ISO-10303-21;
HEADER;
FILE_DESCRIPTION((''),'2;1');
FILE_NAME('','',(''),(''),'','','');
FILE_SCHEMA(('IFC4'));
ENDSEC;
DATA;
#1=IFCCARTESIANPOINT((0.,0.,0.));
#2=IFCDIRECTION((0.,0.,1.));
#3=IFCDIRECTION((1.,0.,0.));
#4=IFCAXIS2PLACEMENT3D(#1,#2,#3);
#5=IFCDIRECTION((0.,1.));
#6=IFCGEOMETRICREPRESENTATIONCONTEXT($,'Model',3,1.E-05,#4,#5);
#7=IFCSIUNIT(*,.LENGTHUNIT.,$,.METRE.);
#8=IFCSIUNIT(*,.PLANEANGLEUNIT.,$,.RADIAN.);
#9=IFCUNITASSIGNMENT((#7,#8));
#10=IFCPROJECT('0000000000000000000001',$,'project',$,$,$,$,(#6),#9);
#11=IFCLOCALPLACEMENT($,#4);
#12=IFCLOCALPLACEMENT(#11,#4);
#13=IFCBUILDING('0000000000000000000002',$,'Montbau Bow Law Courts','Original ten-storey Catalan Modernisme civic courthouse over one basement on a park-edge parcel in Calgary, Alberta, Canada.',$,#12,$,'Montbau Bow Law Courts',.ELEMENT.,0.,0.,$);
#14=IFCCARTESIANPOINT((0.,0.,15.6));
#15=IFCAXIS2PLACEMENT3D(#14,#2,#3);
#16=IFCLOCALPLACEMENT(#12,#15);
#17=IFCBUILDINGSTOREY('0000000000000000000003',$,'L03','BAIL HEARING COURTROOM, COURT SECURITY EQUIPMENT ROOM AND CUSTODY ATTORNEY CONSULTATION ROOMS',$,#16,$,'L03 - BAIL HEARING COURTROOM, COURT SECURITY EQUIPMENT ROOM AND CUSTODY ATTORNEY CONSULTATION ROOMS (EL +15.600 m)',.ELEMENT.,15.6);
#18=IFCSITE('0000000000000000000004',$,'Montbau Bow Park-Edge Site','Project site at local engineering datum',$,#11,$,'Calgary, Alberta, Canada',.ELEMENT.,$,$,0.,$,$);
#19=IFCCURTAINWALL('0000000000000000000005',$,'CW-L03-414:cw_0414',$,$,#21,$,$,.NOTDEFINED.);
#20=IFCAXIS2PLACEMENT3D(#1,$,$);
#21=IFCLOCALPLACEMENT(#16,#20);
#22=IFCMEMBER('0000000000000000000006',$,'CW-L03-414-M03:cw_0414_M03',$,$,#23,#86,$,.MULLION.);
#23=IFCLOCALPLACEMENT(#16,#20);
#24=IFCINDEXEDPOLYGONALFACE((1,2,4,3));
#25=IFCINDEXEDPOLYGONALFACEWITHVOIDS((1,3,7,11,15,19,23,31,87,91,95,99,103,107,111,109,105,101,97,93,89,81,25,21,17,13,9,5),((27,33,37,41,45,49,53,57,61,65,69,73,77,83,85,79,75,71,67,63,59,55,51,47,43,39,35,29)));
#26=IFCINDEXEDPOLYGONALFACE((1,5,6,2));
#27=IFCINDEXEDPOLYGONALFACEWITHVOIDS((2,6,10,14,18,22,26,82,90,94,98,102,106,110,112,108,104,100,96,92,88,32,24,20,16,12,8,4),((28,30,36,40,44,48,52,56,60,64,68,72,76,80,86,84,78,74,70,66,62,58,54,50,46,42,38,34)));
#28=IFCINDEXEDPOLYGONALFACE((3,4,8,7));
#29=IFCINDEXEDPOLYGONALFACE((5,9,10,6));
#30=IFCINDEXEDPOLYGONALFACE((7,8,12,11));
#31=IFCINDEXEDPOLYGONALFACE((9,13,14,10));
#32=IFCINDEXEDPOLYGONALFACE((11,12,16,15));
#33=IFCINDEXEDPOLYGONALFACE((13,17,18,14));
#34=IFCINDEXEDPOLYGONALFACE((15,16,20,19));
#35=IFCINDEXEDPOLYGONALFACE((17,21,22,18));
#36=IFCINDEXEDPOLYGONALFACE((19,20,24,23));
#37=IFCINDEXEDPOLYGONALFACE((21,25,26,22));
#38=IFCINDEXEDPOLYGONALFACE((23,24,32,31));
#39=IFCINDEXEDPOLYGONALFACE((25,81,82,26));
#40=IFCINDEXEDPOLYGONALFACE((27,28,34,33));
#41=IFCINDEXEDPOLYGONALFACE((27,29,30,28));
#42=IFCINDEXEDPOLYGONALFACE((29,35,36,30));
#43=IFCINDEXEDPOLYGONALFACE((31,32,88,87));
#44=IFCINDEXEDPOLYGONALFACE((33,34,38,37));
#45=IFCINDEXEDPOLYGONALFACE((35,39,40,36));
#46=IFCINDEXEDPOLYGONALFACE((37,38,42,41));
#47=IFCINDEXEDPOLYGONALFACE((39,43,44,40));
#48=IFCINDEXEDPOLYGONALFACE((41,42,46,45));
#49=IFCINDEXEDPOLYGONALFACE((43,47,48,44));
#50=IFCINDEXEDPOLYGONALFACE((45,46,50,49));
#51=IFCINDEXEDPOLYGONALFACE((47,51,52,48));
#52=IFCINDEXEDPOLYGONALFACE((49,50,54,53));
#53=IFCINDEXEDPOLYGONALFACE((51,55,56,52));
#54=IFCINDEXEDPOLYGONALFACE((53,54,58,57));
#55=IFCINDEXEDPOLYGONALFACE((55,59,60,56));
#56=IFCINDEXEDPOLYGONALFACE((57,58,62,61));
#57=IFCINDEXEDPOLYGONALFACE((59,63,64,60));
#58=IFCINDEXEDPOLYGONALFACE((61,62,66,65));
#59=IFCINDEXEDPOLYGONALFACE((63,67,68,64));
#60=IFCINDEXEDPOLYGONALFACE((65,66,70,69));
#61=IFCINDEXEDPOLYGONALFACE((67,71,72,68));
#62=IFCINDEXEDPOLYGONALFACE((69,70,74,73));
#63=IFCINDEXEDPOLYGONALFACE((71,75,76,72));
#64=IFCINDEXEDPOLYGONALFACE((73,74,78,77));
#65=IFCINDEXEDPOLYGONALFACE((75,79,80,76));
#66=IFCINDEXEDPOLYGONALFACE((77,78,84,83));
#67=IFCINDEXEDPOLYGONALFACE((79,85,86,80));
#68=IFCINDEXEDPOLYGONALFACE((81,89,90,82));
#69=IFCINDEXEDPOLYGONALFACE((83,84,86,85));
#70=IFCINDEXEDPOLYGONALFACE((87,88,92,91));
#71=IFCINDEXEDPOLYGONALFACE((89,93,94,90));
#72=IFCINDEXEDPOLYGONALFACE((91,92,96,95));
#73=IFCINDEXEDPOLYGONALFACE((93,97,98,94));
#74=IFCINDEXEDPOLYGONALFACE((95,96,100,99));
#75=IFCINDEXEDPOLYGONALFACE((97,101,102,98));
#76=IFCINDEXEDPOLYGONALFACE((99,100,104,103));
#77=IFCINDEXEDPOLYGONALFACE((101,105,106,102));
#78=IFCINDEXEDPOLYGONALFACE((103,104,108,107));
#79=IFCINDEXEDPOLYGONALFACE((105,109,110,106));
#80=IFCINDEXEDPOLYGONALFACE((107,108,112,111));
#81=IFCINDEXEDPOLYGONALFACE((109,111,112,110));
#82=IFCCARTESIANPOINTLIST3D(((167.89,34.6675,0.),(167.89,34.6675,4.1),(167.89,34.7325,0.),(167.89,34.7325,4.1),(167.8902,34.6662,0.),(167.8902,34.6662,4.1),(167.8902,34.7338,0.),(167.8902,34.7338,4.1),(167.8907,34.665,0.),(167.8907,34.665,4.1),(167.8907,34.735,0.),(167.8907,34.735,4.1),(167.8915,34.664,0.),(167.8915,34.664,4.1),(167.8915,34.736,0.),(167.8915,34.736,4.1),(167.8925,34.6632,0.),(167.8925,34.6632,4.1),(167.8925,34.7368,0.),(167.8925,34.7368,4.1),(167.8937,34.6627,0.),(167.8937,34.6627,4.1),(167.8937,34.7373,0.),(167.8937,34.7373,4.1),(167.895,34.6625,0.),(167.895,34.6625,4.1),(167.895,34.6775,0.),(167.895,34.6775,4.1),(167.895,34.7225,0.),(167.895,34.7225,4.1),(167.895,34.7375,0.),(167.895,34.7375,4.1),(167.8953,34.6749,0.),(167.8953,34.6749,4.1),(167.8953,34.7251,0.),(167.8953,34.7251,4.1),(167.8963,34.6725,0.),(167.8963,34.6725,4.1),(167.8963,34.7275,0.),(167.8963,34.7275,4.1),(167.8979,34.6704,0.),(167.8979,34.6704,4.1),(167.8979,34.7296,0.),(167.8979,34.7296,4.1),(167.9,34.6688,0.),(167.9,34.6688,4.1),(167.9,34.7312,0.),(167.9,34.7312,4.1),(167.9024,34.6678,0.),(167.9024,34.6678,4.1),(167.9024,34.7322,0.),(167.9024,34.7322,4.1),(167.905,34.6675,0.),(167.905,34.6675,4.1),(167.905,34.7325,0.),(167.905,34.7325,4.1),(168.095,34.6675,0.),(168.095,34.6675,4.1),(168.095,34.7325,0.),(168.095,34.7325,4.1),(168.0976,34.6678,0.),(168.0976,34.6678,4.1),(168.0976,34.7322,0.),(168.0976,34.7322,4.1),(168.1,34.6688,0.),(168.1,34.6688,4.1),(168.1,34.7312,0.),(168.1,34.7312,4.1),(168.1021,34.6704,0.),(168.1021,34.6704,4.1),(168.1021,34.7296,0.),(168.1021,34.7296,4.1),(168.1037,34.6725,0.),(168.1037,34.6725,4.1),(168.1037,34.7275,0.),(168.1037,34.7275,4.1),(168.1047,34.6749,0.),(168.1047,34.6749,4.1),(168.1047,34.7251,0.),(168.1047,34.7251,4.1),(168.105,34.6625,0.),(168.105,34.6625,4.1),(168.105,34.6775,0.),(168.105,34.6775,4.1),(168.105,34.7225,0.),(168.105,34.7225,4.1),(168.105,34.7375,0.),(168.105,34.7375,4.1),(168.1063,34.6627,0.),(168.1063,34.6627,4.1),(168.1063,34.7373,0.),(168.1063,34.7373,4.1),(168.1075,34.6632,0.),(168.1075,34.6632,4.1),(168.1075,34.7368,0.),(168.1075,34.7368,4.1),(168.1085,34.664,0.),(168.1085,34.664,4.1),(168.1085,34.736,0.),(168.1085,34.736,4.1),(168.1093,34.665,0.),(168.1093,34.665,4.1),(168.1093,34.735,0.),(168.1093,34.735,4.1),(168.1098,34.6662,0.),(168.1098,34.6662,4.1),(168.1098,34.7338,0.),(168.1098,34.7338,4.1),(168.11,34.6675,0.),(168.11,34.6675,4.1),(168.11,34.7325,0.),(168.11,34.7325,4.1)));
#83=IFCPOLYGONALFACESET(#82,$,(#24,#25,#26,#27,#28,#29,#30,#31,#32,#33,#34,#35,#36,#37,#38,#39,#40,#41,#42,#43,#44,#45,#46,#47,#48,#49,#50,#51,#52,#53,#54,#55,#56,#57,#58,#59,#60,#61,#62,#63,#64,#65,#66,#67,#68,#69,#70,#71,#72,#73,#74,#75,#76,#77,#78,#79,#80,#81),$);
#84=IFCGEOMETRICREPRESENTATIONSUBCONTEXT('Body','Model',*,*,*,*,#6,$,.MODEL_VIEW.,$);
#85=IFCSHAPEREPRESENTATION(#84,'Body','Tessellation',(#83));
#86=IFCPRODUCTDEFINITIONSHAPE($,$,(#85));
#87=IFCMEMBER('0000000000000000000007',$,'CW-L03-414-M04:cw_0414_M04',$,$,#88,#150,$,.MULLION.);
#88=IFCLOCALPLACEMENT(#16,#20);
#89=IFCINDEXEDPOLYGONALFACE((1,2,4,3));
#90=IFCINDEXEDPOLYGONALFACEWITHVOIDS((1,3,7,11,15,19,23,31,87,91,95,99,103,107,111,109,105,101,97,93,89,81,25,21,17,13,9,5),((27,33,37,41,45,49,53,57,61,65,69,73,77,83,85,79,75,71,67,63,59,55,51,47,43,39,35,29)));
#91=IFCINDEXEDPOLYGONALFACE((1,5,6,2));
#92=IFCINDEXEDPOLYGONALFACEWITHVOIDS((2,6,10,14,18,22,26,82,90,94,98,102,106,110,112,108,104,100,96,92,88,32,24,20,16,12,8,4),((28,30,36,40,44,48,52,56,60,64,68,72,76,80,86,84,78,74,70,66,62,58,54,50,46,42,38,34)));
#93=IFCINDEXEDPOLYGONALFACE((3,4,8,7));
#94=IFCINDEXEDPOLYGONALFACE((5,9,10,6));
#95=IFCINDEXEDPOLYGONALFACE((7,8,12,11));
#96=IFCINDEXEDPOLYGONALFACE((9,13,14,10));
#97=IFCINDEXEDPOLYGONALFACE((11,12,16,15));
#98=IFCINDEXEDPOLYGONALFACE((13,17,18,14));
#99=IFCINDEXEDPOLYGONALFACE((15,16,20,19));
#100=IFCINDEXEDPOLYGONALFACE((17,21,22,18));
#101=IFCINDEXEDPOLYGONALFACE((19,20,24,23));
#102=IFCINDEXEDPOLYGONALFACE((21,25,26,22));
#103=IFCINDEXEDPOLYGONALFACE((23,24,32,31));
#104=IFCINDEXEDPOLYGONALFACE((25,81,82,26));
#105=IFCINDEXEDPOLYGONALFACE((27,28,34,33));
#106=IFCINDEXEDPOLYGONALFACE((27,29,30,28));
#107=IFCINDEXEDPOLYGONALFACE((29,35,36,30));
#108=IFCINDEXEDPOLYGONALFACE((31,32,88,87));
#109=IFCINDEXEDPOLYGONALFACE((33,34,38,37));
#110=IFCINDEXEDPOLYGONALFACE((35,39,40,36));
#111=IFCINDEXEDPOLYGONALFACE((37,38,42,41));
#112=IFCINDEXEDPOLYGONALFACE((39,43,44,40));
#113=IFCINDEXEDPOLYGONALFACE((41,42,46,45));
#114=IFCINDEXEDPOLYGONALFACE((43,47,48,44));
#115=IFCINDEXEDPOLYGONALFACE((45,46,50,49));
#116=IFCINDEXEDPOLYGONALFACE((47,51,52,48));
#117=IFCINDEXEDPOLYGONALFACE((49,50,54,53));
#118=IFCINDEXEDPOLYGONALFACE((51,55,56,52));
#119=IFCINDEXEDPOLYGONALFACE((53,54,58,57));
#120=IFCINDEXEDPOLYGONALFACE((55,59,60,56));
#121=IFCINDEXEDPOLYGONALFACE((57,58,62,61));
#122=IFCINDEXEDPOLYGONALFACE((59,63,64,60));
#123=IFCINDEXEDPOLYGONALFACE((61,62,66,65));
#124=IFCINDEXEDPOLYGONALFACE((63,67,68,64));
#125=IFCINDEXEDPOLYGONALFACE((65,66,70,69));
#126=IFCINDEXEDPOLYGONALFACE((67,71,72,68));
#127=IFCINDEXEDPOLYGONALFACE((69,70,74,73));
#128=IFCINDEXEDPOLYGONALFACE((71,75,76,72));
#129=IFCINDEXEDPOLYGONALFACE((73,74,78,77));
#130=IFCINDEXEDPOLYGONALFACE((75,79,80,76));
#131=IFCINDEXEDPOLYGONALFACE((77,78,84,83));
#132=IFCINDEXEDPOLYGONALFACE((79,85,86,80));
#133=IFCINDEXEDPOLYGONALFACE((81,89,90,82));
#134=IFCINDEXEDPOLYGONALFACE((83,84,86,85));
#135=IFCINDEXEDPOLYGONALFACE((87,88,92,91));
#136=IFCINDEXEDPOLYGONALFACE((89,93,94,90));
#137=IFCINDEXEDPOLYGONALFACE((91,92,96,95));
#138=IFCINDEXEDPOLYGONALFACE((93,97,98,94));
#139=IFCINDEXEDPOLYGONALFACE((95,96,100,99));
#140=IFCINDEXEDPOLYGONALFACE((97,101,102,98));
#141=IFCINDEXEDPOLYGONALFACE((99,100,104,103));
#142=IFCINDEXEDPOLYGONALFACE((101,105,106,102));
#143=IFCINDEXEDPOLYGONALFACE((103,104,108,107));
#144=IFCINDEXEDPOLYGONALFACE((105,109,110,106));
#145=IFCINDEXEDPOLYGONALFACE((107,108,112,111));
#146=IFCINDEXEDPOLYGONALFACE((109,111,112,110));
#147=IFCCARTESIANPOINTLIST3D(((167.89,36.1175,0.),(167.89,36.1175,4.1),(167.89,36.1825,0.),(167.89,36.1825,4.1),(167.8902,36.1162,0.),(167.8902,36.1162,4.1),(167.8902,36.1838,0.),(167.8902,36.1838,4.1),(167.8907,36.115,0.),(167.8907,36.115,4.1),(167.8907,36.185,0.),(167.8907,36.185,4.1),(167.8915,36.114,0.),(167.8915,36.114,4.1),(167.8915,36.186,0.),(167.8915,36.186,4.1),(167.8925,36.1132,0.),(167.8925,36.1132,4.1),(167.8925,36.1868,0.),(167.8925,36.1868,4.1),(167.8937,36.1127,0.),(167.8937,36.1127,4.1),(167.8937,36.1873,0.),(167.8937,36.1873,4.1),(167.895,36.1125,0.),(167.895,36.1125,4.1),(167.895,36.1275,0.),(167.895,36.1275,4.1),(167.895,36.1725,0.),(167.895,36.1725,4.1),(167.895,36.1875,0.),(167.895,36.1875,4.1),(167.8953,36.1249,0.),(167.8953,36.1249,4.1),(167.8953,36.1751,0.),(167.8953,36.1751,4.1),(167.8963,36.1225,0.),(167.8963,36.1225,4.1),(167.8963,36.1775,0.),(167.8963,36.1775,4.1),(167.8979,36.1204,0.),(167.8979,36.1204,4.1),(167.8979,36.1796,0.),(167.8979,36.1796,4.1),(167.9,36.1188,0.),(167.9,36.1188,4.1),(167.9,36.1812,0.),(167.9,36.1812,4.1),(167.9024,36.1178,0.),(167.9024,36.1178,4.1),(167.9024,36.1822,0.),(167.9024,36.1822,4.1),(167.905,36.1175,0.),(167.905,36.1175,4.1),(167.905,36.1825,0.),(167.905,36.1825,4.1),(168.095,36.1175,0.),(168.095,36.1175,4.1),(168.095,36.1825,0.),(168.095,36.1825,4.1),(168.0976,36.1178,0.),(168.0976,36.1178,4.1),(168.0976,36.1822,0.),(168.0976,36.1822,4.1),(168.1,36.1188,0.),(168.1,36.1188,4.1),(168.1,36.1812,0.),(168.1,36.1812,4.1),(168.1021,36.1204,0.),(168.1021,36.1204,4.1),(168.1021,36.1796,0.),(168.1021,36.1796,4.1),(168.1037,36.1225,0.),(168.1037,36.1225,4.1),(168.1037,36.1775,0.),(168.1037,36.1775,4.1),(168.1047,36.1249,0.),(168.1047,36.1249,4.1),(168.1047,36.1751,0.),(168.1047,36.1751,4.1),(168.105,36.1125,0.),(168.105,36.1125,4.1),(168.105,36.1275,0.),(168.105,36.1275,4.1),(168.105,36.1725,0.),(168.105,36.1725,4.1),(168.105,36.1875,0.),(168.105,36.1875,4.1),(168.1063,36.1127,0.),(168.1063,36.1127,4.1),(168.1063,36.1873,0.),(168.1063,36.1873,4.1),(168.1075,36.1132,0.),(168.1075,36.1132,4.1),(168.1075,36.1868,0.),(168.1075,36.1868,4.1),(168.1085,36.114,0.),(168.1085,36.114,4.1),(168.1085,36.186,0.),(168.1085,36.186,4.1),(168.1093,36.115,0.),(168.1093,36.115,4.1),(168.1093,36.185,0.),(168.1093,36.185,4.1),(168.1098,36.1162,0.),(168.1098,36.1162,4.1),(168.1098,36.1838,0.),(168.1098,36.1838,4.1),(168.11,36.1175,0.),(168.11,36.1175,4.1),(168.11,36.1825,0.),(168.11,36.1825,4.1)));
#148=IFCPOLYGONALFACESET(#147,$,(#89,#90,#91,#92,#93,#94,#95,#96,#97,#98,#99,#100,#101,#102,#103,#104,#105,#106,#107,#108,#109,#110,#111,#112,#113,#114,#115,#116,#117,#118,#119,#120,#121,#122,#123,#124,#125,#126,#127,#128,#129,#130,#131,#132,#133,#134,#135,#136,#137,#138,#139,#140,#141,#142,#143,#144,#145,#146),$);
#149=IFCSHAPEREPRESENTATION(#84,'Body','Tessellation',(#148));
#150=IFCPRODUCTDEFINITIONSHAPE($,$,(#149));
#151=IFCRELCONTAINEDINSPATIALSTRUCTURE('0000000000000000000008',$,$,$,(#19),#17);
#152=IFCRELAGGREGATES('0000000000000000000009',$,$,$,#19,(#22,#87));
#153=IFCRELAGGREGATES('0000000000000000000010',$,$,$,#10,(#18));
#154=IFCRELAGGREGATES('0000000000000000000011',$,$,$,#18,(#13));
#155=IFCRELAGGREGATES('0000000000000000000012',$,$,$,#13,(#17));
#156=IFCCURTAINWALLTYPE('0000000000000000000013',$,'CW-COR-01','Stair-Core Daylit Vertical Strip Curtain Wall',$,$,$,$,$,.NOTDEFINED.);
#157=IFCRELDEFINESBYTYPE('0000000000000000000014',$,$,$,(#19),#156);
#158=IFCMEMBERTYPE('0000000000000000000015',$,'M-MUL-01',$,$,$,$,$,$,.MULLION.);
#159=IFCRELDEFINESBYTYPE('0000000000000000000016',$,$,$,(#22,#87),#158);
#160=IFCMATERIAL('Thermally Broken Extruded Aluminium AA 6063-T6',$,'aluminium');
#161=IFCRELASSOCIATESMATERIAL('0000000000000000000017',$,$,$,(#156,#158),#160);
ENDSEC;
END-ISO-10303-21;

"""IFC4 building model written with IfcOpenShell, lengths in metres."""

from ifc_helpers import new_model, si_unit, direction, frame, origin_with_axes, origin_2d_with_axis, place, context, subcontext, project, spatial, hollow_rectangle, extrude, material, material_profile, profile_set, type_object, element, aggregate, save


model = new_model("IFC4")

# Units and contexts
model_context = context("Model", 3, precision=1e-05, world=origin_with_axes(), true_north=direction((0.0, 1.0)))
body_context = subcontext(model_context, "Body", "Model", "MODEL_VIEW")
ifc_project = project(units=[si_unit("LENGTHUNIT", "METRE"), si_unit("PLANEANGLEUNIT", "RADIAN")], contexts=[model_context])

# Site, building, storey
site_placement = place(None, origin_with_axes())
site = spatial("IfcSite", under=ifc_project, at=site_placement, Name="Montbau Bow Park-Edge Site", Description="Project site at local engineering datum", LongName="Calgary, Alberta, Canada", CompositionType="ELEMENT", RefElevation=0.0)
building_placement = place(site_placement, origin_with_axes())
building = spatial("IfcBuilding", under=site, at=building_placement, Name="Montbau Bow Law Courts", Description="Original ten-storey Catalan Modernisme civic courthouse over one basement on a park-edge parcel in Calgary, Alberta, Canada.", LongName="Montbau Bow Law Courts", CompositionType="ELEMENT", ElevationOfRefHeight=0.0, ElevationOfTerrain=0.0)
storey_placement = place(building_placement, frame((0.0, 0.0, 15.6), z_axis=(0.0, 0.0, 1.0), x_axis=(1.0, 0.0, 0.0)))
storey = spatial("IfcBuildingStorey", under=building, at=storey_placement, Name="L03", Description="BAIL HEARING COURTROOM, COURT SECURITY EQUIPMENT ROOM AND CUSTODY ATTORNEY CONSULTATION ROOMS", LongName="L03 - BAIL HEARING COURTROOM, COURT SECURITY EQUIPMENT ROOM AND CUSTODY ATTORNEY CONSULTATION ROOMS (EL +15.600 m)", CompositionType="ELEMENT", Elevation=15.6)

# Curtain wall, members
ifc_material_1 = material(Name="Thermally Broken Extruded Aluminium AA 6063-T6", Category="aluminium")
curtain_wall_type = type_object("IfcCurtainWallType", Name="CW-COR-01", Description="Stair-Core Daylit Vertical Strip Curtain Wall", PredefinedType="NOTDEFINED", material=ifc_material_1)
curtain_wall_placement = place(None, frame((168.0, 31.8, 15.6), z_axis=(0.0, 0.0, 1.0), x_axis=(1.0, 0.0, 0.0)))
curtain_wall = element("IfcCurtainWall", 1, at=curtain_wall_placement, inside=storey, type_object=curtain_wall_type, Name="CW-L03-414:cw_0414", PredefinedType="NOTDEFINED")
ifc_material_profile_1 = material_profile(ifc_material_1, hollow_rectangle(XDim=0.075, YDim=0.22, WallThickness=0.005, InnerFilletRadius=0.01, OuterFilletRadius=0.005, at=origin_2d_with_axis()), Name="CWM-220X75", Category="Main", Priority=0)
ifc_profile_set_1 = profile_set([ifc_material_profile_1], Name="Thermally Broken Extruded Aluminium AA 6063-T6")
member_type_1 = type_object("IfcMemberType", Name="M-MUL-01", PredefinedType="MULLION", material=ifc_profile_set_1)
member_1_placement = place(None, frame((168.0, 34.7, 15.6), z_axis=(0.0, 0.0, 1.0), x_axis=(0.0, 1.0, 0.0)))
member_1 = element("IfcMember", 2, at=member_1_placement, type_object=member_type_1, Name="CW-L03-414-M03:cw_0414_M03", PredefinedType="MULLION", context=body_context, shape_type="SweptSolid", body=[
    extrude(hollow_rectangle(XDim=0.075, YDim=0.22, WallThickness=0.005, InnerFilletRadius=0.01, OuterFilletRadius=0.005, at=origin_2d_with_axis()), origin_with_axes(), (0.0, 0.0, 1.0), 4.1),
])
member_2_placement = place(None, frame((168.0, 36.15, 15.6), z_axis=(0.0, 0.0, 1.0), x_axis=(0.0, 1.0, 0.0)))
member_2 = element("IfcMember", 3, at=member_2_placement, type_object=member_type_1, Name="CW-L03-414-M04:cw_0414_M04", PredefinedType="MULLION", context=body_context, shape_type="SweptSolid", body=[
    extrude(hollow_rectangle(XDim=0.075, YDim=0.22, WallThickness=0.005, InnerFilletRadius=0.01, OuterFilletRadius=0.005, at=origin_2d_with_axis()), origin_with_axes(), (0.0, 0.0, 1.0), 4.1),
])
aggregate(curtain_wall, [member_1, member_2])

save(model, "model.ifc")
